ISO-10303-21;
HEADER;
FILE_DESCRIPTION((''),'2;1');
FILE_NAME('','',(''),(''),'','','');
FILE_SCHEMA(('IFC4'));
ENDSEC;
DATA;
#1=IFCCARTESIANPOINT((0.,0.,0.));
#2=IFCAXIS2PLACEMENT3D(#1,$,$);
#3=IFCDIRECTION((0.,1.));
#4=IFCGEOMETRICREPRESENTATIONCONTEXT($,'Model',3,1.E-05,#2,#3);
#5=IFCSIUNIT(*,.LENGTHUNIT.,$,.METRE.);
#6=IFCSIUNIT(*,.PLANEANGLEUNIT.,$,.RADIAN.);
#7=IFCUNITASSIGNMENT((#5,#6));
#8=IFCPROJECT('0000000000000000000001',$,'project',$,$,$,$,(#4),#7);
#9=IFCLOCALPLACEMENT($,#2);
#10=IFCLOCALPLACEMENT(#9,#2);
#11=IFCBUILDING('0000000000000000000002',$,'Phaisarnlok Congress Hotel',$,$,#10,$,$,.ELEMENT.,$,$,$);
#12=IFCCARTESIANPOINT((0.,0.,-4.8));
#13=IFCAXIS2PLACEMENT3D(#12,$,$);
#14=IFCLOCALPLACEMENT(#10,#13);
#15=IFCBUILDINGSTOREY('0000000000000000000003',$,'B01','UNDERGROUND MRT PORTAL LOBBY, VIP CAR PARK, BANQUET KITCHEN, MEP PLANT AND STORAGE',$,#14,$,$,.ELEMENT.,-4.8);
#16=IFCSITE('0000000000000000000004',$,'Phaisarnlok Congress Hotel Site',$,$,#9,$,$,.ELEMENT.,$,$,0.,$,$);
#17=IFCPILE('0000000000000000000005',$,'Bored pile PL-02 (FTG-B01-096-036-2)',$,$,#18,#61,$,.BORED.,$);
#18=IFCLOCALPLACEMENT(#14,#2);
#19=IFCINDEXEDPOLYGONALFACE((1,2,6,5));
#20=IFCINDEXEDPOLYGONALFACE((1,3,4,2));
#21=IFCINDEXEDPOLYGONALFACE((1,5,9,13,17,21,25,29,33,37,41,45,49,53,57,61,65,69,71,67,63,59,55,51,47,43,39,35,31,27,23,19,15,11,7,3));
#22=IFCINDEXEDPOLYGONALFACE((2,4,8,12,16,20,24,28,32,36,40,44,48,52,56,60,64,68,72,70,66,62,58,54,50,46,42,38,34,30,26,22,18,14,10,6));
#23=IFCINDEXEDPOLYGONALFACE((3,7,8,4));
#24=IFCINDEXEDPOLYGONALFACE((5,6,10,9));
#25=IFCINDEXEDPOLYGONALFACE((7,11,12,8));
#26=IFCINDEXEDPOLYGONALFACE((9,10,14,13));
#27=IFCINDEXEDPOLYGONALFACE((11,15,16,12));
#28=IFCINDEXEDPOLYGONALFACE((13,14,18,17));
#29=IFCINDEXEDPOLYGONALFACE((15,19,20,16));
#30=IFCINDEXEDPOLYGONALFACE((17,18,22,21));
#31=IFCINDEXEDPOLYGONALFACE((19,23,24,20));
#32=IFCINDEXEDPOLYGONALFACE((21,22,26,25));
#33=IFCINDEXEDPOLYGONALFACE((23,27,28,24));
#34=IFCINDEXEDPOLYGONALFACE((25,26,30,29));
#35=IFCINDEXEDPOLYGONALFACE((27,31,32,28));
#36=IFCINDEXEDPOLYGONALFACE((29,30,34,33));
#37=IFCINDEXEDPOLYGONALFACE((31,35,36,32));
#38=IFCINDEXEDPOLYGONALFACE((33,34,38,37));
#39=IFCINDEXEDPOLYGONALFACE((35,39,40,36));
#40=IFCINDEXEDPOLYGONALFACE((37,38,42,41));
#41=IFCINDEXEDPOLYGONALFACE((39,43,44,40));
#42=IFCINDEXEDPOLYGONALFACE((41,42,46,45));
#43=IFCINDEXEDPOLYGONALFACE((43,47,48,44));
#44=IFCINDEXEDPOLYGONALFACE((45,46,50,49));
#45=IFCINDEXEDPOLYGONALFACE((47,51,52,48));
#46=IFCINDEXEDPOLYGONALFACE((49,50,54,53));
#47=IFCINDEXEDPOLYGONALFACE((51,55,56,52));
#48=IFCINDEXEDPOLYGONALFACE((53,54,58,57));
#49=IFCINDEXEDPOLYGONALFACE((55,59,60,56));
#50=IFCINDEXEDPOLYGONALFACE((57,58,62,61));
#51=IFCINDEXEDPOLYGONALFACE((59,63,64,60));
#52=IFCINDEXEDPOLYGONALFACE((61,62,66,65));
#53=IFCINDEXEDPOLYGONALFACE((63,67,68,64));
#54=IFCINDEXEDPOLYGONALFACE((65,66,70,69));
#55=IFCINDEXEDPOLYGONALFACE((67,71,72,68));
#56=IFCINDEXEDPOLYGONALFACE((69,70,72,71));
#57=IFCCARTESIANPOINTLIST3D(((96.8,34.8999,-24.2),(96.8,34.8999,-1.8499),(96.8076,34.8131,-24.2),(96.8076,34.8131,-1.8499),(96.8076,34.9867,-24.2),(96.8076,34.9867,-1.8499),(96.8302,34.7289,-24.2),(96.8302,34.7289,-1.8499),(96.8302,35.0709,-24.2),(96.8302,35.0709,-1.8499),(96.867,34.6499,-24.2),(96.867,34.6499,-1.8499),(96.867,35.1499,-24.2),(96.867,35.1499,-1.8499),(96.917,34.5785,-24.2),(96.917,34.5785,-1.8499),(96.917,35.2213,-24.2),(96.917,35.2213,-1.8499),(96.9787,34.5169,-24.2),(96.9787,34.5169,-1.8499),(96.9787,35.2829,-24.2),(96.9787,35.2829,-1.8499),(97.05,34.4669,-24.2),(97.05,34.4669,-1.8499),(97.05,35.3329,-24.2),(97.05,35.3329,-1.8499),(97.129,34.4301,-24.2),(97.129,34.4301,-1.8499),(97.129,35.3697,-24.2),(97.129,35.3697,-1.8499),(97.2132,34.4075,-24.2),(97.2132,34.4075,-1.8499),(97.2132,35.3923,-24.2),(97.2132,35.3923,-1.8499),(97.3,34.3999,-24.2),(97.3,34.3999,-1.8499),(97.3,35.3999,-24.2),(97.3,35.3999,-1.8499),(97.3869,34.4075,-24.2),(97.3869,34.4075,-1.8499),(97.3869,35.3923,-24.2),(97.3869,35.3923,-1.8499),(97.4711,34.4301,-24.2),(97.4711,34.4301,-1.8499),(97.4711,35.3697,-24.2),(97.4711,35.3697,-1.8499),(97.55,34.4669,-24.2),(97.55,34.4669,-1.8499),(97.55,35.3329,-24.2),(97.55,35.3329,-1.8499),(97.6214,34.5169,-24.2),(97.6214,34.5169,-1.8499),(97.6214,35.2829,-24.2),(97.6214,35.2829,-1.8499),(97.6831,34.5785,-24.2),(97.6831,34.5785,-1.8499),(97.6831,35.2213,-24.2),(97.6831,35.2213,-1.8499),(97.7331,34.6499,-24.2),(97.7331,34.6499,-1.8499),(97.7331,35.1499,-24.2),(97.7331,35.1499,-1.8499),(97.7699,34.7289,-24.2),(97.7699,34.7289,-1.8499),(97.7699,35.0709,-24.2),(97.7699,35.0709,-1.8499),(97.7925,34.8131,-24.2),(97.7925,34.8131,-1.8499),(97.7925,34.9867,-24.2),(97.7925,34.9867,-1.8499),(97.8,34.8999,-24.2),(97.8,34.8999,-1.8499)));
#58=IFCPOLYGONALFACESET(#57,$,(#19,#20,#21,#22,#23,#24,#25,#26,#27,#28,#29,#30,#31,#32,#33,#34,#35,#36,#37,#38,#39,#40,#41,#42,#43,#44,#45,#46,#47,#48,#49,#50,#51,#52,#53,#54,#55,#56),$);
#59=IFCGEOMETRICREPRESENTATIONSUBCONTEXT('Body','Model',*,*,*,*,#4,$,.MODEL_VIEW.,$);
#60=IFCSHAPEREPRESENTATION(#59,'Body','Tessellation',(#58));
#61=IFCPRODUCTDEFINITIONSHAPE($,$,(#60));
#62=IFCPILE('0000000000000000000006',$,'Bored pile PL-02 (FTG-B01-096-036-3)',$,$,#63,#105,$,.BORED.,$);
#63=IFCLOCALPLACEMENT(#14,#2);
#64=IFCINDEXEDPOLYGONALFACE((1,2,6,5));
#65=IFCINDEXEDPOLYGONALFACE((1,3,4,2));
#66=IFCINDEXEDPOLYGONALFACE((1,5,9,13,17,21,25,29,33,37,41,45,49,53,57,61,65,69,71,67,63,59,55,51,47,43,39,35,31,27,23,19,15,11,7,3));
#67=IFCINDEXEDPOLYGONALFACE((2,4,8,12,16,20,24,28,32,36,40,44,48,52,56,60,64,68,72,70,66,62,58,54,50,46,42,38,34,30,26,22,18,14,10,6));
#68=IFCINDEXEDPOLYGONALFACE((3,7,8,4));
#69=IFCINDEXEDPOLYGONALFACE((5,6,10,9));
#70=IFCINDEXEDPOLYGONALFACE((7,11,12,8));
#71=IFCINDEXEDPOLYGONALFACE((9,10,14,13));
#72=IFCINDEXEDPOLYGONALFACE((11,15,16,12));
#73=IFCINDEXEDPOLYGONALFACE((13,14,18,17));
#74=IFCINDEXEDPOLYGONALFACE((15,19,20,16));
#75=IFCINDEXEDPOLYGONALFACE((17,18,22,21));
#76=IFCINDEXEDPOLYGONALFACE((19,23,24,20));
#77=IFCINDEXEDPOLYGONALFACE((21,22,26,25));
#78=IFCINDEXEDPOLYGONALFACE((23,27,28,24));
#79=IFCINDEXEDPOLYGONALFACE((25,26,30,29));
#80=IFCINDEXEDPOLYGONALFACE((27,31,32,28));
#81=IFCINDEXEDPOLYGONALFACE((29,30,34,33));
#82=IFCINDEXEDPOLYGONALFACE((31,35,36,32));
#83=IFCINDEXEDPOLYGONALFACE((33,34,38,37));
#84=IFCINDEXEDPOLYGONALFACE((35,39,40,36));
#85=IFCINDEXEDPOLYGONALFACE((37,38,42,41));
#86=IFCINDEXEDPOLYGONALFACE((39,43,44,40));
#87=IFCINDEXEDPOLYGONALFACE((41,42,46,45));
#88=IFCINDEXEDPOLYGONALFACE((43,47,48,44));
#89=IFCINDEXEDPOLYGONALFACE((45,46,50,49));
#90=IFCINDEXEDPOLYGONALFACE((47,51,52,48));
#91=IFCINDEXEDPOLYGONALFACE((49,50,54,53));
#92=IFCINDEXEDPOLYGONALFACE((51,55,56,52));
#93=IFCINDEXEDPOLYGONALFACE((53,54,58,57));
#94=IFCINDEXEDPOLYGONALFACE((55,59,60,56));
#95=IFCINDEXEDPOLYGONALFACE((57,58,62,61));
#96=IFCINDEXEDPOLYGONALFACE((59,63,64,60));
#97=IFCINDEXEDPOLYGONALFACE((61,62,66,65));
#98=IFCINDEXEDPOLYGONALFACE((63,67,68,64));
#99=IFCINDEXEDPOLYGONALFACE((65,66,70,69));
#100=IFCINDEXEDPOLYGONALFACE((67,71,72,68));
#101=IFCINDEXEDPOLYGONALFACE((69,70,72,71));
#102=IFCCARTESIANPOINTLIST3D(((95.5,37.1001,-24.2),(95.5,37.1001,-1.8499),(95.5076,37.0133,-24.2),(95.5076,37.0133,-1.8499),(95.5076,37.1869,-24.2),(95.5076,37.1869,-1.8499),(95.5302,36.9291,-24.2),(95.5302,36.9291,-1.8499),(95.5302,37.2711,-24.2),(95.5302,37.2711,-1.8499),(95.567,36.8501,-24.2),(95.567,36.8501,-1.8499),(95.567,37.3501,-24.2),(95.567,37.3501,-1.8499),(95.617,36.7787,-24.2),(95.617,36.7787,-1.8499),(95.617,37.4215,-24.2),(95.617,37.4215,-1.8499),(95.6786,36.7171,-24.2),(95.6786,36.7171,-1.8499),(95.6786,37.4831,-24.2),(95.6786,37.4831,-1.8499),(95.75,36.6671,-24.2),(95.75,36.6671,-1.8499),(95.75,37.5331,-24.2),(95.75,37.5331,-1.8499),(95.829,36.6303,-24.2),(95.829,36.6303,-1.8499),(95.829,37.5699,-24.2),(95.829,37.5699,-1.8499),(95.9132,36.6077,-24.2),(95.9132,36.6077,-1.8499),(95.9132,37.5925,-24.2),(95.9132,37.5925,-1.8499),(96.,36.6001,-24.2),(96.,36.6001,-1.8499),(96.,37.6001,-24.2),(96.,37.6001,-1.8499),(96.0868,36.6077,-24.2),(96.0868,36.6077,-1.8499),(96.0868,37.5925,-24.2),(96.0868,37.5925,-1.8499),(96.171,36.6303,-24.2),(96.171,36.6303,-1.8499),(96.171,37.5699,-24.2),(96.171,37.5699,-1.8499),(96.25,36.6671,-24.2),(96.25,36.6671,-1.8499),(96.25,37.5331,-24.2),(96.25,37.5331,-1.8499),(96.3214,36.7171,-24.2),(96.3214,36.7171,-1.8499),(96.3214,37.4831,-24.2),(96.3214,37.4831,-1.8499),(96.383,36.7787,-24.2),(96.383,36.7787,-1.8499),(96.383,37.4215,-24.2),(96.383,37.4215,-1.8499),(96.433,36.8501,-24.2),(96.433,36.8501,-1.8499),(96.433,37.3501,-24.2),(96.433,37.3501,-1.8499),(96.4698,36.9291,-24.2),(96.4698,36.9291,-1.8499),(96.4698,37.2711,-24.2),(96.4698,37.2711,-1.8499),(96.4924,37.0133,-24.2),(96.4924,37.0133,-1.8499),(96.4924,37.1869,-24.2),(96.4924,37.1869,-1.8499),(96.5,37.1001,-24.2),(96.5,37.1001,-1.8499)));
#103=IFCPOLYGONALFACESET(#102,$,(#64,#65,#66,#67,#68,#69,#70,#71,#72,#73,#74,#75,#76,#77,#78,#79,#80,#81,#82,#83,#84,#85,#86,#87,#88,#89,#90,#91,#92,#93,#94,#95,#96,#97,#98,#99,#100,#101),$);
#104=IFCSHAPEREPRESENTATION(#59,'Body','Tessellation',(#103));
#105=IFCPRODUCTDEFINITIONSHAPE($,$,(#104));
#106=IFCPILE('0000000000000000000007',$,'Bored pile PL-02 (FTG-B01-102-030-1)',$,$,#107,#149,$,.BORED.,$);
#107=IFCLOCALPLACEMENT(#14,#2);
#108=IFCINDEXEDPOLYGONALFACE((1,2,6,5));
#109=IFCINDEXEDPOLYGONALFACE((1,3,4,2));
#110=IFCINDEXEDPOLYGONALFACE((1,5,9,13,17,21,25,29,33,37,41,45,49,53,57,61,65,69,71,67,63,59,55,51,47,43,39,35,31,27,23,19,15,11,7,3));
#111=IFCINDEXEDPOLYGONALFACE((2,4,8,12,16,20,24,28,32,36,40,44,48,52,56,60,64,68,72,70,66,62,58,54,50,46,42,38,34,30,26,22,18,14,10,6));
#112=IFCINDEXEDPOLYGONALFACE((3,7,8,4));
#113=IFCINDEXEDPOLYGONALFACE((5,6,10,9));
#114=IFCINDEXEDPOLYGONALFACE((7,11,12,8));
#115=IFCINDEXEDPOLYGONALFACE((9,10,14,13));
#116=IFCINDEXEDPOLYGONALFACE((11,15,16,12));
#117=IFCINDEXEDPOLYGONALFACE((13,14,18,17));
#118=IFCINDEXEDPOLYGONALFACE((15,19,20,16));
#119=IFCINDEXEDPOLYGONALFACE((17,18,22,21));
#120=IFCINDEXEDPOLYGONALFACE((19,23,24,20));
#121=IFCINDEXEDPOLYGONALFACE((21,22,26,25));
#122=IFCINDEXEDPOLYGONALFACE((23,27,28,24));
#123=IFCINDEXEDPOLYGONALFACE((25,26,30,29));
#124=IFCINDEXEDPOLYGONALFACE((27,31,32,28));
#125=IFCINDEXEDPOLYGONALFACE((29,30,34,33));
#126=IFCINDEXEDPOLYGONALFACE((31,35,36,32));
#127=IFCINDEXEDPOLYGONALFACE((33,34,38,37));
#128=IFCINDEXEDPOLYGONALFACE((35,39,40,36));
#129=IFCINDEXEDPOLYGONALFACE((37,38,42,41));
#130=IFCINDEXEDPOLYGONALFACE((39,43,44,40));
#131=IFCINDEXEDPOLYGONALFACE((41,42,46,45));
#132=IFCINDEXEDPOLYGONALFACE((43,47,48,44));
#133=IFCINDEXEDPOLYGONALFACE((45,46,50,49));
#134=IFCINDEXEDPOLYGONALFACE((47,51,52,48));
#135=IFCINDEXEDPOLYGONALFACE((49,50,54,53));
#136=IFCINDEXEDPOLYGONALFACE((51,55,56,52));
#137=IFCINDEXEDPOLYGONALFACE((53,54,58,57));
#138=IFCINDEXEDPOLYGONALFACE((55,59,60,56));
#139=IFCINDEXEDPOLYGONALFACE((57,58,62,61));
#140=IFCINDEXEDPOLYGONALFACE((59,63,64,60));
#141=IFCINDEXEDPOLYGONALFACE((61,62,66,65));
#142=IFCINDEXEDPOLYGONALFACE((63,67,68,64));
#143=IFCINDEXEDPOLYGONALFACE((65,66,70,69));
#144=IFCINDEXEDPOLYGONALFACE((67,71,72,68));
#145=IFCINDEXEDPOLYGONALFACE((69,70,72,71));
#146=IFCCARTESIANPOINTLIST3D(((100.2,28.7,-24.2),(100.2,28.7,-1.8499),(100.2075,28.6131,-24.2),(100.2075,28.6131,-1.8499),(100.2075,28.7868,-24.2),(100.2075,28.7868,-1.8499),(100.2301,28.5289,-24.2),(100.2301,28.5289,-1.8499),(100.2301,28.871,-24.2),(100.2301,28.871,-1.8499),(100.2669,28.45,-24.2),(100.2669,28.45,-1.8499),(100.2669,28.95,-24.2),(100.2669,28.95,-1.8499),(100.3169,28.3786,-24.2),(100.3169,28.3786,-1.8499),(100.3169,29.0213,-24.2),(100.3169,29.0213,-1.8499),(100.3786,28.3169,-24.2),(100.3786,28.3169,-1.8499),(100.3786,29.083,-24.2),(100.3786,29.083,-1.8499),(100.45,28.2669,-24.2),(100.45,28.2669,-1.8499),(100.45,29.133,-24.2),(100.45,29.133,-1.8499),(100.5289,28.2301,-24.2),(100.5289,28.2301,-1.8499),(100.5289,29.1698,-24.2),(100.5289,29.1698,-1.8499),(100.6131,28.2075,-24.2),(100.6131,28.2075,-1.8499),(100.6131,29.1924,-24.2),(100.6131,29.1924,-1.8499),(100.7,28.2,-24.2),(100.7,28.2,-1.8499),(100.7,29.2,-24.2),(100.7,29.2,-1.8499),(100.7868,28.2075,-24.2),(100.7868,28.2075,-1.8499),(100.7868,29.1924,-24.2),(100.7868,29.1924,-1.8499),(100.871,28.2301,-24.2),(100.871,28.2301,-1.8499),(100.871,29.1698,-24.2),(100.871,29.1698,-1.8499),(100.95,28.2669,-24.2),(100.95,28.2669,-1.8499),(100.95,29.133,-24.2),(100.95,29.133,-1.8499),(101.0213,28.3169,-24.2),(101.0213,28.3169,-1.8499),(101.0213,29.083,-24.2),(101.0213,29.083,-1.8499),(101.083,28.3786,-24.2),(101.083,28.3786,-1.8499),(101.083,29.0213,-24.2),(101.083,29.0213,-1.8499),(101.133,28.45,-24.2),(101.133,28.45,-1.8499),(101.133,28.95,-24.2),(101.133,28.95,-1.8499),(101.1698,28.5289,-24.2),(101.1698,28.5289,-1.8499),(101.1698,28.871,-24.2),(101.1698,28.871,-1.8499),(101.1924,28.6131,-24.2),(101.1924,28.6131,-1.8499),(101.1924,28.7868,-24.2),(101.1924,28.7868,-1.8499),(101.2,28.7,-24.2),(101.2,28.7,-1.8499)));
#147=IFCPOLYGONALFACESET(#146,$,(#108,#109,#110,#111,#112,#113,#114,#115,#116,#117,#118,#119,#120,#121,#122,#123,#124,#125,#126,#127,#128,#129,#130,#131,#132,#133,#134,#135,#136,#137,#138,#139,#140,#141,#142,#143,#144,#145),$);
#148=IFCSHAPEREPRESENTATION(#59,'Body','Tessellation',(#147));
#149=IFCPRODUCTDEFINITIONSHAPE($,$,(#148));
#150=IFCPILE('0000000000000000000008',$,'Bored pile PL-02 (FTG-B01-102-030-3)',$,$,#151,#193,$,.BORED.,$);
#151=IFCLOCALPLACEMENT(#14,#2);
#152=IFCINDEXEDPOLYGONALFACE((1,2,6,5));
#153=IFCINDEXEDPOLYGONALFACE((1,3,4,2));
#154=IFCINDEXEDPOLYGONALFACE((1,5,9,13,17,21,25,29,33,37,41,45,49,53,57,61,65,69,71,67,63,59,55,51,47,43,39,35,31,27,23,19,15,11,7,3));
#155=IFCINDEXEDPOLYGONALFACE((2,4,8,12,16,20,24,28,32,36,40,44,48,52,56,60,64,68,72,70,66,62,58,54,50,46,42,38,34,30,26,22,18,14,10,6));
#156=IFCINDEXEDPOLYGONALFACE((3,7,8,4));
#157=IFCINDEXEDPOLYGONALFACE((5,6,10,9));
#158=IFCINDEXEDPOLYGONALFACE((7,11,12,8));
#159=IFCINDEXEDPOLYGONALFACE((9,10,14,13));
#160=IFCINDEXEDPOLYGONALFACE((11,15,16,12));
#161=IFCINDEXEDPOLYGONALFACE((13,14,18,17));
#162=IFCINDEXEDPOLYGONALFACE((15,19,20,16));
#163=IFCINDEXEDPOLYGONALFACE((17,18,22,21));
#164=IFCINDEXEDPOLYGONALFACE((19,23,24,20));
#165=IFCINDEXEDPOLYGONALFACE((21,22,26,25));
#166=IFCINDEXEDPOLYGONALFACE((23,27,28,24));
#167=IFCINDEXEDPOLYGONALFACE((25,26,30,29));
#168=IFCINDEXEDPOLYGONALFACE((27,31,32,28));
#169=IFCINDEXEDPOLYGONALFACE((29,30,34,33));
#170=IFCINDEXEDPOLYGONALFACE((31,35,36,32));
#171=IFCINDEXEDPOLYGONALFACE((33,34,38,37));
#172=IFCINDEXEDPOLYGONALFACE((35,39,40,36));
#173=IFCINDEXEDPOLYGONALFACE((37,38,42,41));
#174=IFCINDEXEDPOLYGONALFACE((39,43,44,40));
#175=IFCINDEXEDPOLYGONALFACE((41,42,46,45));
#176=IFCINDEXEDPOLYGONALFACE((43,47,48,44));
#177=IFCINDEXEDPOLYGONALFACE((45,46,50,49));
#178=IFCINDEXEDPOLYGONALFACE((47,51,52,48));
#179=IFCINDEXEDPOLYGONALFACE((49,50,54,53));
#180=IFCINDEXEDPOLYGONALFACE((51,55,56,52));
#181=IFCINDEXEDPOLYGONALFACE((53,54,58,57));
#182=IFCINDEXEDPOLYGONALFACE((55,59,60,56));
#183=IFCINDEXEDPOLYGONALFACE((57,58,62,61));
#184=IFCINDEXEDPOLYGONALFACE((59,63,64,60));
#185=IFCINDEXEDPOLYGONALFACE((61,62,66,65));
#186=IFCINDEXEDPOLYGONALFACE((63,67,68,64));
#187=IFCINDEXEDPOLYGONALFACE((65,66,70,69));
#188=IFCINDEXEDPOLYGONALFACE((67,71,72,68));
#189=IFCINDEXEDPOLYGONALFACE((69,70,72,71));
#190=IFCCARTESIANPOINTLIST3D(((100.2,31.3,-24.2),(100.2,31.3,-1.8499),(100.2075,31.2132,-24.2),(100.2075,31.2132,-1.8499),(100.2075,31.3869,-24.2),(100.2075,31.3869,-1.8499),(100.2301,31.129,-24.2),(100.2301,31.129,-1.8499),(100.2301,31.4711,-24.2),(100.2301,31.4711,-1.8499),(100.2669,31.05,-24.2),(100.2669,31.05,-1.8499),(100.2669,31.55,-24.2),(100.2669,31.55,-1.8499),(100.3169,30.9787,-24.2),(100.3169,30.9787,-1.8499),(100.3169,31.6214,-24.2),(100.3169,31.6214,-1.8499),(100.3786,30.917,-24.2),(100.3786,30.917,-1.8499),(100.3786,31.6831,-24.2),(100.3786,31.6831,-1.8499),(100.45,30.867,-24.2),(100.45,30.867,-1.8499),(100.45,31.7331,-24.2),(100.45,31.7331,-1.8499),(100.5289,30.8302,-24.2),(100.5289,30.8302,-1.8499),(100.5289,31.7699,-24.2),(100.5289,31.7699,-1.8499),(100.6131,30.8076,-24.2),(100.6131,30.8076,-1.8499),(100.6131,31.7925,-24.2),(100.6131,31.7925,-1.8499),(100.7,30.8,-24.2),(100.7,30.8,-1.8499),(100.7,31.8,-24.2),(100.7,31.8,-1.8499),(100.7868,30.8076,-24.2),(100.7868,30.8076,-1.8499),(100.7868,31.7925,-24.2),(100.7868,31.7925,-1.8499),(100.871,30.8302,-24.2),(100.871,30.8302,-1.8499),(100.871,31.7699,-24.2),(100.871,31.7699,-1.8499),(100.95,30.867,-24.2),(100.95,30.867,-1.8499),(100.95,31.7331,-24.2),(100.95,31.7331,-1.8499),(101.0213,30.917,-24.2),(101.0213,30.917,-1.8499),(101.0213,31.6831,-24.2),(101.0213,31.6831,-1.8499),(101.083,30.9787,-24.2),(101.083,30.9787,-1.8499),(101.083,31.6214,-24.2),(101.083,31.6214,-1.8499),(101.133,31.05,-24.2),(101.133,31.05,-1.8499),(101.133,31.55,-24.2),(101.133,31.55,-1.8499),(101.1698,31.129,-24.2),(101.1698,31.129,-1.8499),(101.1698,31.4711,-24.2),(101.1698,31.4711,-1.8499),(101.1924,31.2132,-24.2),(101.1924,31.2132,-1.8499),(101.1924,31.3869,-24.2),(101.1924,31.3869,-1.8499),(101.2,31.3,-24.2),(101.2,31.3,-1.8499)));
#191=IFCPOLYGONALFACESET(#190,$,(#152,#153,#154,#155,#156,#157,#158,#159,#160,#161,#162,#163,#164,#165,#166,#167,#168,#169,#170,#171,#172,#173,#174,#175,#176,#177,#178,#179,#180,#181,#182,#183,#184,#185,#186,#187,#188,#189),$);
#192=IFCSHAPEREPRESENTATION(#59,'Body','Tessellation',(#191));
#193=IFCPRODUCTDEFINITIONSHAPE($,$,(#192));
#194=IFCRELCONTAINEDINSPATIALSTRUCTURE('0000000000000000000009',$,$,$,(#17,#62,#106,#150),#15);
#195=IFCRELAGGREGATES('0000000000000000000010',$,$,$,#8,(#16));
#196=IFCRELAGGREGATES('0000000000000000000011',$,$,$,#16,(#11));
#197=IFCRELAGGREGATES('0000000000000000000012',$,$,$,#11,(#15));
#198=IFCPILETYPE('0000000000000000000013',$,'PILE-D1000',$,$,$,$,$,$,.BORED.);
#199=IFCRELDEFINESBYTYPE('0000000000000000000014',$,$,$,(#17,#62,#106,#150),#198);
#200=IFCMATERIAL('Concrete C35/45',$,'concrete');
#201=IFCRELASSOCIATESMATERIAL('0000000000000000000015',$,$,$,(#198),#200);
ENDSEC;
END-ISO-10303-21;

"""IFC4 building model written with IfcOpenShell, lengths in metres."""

from ifc_helpers import new_model, si_unit, direction, frame, origin, origin_2d, place, context, subcontext, project, spatial, circle, extrude, material, material_profile, profile_set, type_object, element, save


model = new_model("IFC4")

# Units and contexts
model_context = context("Model", 3, precision=1e-05, world=origin(), true_north=direction((0.0, 1.0)))
body_context = subcontext(model_context, "Body", "Model", "MODEL_VIEW")
ifc_project = project(units=[si_unit("LENGTHUNIT", "METRE"), si_unit("PLANEANGLEUNIT", "RADIAN")], contexts=[model_context])

# Site, building, storey
site_placement = place(None, origin())
site = spatial("IfcSite", under=ifc_project, at=site_placement, Name="Phaisarnlok Congress Hotel Site", CompositionType="ELEMENT", RefElevation=0.0)
building_placement = place(site_placement, origin())
building = spatial("IfcBuilding", under=site, at=building_placement, Name="Phaisarnlok Congress Hotel", CompositionType="ELEMENT")
storey_placement = place(building_placement, frame((0.0, 0.0, -4.8)))
storey = spatial("IfcBuildingStorey", under=building, at=storey_placement, Name="B01", Description="UNDERGROUND MRT PORTAL LOBBY, VIP CAR PARK, BANQUET KITCHEN, MEP PLANT AND STORAGE", CompositionType="ELEMENT", Elevation=-4.8)

# Piles
ifc_material_1 = material(Name="Concrete C35/45", Category="concrete")
ifc_material_profile_1 = material_profile(ifc_material_1, circle(Radius=0.5, at=origin_2d()), Name="BORED PILE D1000")
ifc_profile_set_1 = profile_set([ifc_material_profile_1], Name="Concrete C35/45")
pile_type_1 = type_object("IfcPileType", Name="PILE-D1000", PredefinedType="BORED", material=ifc_profile_set_1)
for number, where, z_axis, x_axis, name in (
    (1, (97.3, 34.8999, -1.8499), (0.0, 0.0, -1.0), (1.0, 0.0, 0.0), "Bored pile PL-02 (FTG-B01-096-036-2)"),
    (2, (96.0, 37.1001, -1.8499), (0.0, 0.0, -1.0), (1.0, 0.0, 0.0), "Bored pile PL-02 (FTG-B01-096-036-3)"),
    (3, (100.7, 28.7, -1.8499), (0.0, 0.0, -1.0), (1.0, 0.0, 0.0), "Bored pile PL-02 (FTG-B01-102-030-1)"),
    (4, (100.7, 31.3, -1.8499), (0.0, 0.0, -1.0), (1.0, 0.0, 0.0), "Bored pile PL-02 (FTG-B01-102-030-3)"),
):
    element("IfcPile", number, at=place(storey_placement, frame(where, z_axis=z_axis, x_axis=x_axis)), inside=storey, type_object=pile_type_1, Name=name, PredefinedType="BORED", context=body_context, shape_type="SweptSolid", body=[
        extrude(circle(Radius=0.5, at=origin_2d()), origin(), (0.0, 0.0, 1.0), 22.3501),
    ])

save(model, "model.ifc")
